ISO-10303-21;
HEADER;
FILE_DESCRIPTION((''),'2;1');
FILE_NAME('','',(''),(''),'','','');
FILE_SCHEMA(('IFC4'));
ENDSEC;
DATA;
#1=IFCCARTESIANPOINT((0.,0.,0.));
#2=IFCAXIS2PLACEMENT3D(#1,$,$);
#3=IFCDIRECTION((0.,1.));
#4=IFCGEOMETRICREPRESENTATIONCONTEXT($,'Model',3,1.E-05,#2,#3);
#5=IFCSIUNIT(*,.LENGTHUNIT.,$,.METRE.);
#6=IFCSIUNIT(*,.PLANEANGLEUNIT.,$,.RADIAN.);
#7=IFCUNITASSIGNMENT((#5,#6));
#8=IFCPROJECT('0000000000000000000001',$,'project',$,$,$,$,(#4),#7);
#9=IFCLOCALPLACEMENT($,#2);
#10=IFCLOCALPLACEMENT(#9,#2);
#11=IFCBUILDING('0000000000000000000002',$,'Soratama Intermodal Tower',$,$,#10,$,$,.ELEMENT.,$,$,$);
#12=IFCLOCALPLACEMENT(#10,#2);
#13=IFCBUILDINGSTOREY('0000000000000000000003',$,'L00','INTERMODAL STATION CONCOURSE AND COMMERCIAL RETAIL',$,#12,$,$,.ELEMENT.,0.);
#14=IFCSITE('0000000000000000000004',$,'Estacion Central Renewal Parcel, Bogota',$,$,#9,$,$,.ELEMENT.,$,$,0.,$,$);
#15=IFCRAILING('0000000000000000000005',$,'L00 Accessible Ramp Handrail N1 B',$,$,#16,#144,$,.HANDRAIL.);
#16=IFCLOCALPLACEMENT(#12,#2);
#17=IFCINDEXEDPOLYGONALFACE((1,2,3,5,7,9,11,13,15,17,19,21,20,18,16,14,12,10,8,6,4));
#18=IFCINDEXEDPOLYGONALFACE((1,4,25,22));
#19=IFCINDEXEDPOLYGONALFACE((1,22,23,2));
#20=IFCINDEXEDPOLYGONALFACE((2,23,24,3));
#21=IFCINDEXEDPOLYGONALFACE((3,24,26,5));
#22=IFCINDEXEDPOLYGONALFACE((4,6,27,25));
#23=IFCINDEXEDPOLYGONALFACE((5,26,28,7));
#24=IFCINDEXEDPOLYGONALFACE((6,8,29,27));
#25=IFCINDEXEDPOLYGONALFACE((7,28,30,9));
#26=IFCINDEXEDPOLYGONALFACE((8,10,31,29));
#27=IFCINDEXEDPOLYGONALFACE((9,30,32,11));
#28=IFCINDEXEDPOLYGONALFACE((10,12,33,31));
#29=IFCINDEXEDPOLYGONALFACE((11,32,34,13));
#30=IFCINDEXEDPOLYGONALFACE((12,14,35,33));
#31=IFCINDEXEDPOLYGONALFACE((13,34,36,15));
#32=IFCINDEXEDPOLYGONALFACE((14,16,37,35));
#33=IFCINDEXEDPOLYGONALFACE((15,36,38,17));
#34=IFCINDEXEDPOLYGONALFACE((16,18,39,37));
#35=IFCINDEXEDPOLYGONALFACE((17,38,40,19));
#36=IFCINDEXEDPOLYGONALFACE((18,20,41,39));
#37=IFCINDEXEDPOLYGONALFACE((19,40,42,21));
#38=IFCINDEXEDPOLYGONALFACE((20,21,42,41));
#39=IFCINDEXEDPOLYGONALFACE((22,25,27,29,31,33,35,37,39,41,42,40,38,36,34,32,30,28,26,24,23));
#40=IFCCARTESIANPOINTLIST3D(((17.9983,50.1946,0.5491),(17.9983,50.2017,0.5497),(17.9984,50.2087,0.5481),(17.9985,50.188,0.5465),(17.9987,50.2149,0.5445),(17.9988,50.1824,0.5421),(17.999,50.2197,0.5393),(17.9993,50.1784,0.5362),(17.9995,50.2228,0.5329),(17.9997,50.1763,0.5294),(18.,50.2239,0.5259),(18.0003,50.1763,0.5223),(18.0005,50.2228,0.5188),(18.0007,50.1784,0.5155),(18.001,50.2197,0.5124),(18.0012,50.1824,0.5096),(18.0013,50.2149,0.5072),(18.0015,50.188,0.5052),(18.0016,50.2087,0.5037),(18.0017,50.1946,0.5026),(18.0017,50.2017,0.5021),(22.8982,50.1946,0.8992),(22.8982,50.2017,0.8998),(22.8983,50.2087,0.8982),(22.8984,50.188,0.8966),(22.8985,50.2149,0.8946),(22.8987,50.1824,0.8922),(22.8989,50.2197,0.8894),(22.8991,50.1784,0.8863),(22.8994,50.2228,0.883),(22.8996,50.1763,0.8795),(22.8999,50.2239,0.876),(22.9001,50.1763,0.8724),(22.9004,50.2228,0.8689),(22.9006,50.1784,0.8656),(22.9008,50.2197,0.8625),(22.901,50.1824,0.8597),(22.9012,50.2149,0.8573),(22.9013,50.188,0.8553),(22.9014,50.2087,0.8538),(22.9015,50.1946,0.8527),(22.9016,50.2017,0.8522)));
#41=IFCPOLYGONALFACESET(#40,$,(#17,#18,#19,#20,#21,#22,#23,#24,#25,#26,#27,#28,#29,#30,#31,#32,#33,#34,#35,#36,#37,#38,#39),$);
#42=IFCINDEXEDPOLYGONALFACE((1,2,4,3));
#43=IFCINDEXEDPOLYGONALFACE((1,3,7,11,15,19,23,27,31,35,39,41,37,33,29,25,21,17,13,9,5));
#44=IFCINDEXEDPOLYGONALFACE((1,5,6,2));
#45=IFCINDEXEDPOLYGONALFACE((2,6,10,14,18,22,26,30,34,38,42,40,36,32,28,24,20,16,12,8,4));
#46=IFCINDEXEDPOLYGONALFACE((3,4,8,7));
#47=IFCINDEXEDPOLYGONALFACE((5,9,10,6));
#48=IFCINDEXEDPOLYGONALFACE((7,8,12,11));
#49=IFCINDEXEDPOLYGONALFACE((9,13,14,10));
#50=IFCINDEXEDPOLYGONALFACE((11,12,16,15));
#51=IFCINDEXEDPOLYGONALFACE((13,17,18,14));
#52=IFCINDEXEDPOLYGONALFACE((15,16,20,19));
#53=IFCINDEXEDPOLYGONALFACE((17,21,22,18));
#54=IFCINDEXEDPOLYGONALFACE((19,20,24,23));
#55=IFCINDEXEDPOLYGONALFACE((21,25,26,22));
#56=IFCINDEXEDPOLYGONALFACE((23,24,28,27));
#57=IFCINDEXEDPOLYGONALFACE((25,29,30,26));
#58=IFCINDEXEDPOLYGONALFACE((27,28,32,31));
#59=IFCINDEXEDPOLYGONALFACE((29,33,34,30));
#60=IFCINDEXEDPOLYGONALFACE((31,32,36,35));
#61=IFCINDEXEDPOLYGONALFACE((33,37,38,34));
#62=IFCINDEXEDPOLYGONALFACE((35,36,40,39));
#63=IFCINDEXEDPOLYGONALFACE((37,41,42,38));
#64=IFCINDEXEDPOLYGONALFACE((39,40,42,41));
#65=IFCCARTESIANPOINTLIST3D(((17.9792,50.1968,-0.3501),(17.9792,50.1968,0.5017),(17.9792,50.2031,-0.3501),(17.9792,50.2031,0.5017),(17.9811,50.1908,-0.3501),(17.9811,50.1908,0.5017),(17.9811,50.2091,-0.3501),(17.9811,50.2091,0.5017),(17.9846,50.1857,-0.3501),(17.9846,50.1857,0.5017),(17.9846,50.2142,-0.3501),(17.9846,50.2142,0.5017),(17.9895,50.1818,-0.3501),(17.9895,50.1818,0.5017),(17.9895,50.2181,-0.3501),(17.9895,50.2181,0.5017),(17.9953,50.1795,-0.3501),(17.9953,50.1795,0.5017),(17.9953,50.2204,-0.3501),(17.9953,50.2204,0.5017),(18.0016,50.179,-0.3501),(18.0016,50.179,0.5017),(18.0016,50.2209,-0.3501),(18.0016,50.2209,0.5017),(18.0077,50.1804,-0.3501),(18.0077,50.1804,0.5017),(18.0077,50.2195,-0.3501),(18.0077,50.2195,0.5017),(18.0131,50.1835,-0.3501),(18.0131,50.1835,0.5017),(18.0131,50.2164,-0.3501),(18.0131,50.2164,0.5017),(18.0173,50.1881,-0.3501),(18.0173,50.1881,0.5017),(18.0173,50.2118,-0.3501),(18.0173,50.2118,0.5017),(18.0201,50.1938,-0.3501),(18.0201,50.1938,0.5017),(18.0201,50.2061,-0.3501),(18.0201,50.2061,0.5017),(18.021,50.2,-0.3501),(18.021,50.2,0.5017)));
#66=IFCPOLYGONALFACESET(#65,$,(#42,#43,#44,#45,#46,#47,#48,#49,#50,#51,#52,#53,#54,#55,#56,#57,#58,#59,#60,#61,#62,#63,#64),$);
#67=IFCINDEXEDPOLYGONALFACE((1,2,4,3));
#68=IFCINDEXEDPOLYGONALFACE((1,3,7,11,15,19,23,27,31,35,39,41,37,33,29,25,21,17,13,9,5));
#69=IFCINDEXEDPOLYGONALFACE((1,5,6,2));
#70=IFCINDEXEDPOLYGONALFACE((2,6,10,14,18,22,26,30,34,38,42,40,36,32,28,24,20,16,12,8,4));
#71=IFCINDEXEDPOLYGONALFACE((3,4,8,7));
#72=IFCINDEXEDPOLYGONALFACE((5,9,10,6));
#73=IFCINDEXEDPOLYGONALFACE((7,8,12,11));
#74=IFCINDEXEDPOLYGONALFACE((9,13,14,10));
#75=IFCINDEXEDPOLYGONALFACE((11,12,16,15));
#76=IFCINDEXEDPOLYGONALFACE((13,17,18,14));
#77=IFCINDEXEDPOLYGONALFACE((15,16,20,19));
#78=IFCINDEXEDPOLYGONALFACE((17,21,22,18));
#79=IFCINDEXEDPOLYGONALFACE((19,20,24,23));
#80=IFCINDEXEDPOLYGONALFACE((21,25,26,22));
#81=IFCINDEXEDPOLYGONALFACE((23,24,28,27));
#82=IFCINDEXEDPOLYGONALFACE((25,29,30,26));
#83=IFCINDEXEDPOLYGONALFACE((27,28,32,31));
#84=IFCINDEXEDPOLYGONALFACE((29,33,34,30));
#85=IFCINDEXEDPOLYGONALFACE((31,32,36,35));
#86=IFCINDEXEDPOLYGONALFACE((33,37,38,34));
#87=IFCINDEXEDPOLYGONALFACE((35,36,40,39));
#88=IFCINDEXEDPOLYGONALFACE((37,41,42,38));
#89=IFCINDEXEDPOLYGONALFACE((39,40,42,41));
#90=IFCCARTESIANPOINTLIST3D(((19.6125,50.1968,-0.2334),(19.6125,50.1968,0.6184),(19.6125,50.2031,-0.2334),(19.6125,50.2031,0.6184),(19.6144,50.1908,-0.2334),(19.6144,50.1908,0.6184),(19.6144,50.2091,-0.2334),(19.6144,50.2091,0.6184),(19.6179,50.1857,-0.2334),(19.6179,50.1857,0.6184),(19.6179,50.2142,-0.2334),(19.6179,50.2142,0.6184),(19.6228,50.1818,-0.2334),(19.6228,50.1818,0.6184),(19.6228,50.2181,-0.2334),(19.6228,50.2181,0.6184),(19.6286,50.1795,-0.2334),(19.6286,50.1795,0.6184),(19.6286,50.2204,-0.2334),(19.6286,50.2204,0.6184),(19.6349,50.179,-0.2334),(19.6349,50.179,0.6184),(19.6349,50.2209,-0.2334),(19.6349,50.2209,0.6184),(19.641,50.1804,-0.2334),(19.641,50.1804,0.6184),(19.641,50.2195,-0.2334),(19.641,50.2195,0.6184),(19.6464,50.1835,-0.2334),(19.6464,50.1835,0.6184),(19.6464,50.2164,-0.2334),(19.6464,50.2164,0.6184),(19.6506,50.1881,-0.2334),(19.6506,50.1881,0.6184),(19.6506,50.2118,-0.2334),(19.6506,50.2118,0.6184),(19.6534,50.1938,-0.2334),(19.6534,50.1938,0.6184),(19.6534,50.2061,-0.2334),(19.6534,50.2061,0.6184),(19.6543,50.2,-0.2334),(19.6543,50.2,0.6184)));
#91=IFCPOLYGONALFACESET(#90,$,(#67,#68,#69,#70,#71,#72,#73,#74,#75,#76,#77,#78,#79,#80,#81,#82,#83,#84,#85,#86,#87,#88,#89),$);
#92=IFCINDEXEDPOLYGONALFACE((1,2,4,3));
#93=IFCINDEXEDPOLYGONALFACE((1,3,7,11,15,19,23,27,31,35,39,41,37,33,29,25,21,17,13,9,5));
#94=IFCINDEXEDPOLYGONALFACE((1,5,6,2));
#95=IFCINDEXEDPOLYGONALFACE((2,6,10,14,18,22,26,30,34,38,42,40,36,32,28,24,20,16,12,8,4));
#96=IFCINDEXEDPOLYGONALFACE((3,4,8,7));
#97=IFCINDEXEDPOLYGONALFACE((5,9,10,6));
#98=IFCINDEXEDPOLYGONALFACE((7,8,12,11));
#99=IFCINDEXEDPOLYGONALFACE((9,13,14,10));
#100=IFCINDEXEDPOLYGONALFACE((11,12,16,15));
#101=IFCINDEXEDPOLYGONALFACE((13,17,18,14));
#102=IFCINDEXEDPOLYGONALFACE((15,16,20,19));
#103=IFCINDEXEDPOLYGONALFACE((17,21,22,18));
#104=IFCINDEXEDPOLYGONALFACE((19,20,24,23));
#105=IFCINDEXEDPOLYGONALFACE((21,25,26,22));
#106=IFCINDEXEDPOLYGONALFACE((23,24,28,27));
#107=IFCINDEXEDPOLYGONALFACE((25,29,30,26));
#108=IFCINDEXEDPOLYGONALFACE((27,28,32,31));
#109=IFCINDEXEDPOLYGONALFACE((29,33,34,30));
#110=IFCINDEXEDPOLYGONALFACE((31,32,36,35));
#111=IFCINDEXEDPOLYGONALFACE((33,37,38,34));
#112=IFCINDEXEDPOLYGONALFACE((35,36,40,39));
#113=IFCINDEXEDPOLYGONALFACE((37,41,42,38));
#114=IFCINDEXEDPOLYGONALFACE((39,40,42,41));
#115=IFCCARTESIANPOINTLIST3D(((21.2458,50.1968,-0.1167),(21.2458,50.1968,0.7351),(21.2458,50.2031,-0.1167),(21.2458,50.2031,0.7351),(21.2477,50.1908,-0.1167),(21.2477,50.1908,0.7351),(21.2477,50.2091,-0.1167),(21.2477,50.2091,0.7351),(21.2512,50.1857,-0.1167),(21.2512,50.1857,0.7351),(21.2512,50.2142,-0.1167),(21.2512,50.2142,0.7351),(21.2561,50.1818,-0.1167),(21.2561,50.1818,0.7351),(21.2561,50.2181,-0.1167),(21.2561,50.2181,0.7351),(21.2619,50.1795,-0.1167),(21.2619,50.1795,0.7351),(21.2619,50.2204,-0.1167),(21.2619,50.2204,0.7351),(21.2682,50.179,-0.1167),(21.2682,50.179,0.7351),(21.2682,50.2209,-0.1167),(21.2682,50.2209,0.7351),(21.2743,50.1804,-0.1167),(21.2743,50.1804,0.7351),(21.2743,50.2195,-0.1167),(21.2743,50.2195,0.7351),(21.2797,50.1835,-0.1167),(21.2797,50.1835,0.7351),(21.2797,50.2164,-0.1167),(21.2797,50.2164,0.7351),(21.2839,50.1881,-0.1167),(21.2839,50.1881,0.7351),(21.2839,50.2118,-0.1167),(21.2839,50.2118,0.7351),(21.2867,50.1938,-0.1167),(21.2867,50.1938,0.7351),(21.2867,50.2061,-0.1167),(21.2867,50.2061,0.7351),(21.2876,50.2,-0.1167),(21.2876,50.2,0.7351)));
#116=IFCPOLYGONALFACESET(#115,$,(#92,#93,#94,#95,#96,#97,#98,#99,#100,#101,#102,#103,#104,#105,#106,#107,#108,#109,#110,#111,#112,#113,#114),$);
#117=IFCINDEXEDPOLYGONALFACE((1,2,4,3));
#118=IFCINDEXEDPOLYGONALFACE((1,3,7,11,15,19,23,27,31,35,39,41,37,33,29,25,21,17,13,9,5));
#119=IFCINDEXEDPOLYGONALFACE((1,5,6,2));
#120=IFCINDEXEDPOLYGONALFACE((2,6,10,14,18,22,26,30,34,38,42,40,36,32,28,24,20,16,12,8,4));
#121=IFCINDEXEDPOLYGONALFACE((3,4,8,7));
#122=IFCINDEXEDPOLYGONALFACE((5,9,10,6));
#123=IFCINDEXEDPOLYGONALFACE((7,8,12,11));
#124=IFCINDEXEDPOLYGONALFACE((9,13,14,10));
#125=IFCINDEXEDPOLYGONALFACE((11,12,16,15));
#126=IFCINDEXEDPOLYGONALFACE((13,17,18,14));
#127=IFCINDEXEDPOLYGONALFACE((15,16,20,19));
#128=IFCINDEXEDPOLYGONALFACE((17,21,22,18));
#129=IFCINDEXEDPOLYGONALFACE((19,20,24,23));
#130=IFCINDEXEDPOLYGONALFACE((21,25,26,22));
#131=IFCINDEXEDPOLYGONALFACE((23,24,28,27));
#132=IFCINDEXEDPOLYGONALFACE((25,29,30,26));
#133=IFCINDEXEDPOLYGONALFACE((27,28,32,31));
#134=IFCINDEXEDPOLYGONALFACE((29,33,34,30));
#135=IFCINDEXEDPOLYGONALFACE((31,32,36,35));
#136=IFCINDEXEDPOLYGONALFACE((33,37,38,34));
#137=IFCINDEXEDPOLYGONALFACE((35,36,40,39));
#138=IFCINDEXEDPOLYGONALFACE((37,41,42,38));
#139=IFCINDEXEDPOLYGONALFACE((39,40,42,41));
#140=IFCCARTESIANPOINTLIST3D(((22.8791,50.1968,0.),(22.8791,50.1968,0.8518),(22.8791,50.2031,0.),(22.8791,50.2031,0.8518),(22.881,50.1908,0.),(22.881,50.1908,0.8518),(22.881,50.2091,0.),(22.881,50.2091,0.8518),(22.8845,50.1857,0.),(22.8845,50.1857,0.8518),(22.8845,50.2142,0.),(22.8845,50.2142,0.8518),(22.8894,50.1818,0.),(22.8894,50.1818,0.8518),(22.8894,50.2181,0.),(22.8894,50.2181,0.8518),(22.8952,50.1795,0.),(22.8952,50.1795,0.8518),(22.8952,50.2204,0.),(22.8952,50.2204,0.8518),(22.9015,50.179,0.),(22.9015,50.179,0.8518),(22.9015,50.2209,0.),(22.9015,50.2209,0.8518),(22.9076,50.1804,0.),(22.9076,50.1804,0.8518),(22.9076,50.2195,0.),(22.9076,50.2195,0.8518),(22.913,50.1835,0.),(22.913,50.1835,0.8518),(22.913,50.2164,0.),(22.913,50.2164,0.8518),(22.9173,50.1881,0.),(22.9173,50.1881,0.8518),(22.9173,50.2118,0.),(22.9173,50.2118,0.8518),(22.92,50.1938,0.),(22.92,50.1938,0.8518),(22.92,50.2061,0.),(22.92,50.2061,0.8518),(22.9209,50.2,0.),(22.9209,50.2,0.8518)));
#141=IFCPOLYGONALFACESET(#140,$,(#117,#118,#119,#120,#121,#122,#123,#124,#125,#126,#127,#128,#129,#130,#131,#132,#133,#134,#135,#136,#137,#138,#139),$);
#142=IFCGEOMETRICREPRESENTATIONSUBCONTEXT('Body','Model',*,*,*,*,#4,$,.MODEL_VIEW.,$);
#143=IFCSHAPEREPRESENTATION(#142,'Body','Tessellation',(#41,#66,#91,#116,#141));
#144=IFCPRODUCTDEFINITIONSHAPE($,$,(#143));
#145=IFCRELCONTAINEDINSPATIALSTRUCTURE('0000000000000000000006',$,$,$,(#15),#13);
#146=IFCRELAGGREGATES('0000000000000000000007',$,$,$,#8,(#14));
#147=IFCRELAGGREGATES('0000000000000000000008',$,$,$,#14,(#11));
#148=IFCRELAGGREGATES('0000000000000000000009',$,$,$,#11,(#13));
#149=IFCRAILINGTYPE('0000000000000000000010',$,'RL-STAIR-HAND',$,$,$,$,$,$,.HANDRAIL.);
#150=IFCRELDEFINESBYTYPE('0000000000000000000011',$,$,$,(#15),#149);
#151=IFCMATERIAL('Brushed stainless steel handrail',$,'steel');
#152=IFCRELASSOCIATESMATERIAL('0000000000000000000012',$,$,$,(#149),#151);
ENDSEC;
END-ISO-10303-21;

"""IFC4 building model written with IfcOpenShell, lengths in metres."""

from ifc_helpers import new_model, si_unit, direction, frame, origin, origin_2d, place, context, subcontext, project, spatial, circle, extrude, material, type_object, element, save


model = new_model("IFC4")

# Units and contexts
model_context = context("Model", 3, precision=1e-05, world=origin(), true_north=direction((0.0, 1.0)))
body_context = subcontext(model_context, "Body", "Model", "MODEL_VIEW")
ifc_project = project(units=[si_unit("LENGTHUNIT", "METRE"), si_unit("PLANEANGLEUNIT", "RADIAN")], contexts=[model_context])

# Site, building, storey
site_placement = place(None, origin())
site = spatial("IfcSite", under=ifc_project, at=site_placement, Name="Estacion Central Renewal Parcel, Bogota", CompositionType="ELEMENT", RefElevation=0.0)
building_placement = place(site_placement, origin())
building = spatial("IfcBuilding", under=site, at=building_placement, Name="Soratama Intermodal Tower", CompositionType="ELEMENT")
storey_placement = place(building_placement, origin())
storey = spatial("IfcBuildingStorey", under=building, at=storey_placement, Name="L00", Description="INTERMODAL STATION CONCOURSE AND COMMERCIAL RETAIL", CompositionType="ELEMENT", Elevation=0.0)

# Railing
ifc_material_1 = material(Name="Brushed stainless steel handrail", Category="steel")
railing_type_1 = type_object("IfcRailingType", Name="RL-STAIR-HAND", PredefinedType="HANDRAIL", material=ifc_material_1)
railing_1_placement = place(storey_placement, frame((18.0, 50.2, -0.3501)))
element("IfcRailing", 1, at=railing_1_placement, inside=storey, type_object=railing_type_1, Name="L00 Accessible Ramp Handrail N1 B", PredefinedType="HANDRAIL", context=body_context, shape_type="SweptSolid", body=[
    extrude(circle(Radius=0.0239, at=origin_2d()), frame((0.0, 0.0, 0.876), z_axis=(0.997457, 0.0, 0.071268), x_axis=(0.0, 1.0, 0.0)), (0.0, 0.0, 1.0), 4.9124),
    extrude(circle(Radius=0.021, at=origin_2d()), origin(), (0.0, 0.0, 1.0), 0.8518),
    extrude(circle(Radius=0.021, at=origin_2d()), frame((1.6333, 0.0, 0.1167)), (0.0, 0.0, 1.0), 0.8518),
    extrude(circle(Radius=0.021, at=origin_2d()), frame((3.2666, 0.0, 0.2334)), (0.0, 0.0, 1.0), 0.8518),
    extrude(circle(Radius=0.021, at=origin_2d()), frame((4.8999, 0.0, 0.3501)), (0.0, 0.0, 1.0), 0.8518),
])

save(model, "model.ifc")
